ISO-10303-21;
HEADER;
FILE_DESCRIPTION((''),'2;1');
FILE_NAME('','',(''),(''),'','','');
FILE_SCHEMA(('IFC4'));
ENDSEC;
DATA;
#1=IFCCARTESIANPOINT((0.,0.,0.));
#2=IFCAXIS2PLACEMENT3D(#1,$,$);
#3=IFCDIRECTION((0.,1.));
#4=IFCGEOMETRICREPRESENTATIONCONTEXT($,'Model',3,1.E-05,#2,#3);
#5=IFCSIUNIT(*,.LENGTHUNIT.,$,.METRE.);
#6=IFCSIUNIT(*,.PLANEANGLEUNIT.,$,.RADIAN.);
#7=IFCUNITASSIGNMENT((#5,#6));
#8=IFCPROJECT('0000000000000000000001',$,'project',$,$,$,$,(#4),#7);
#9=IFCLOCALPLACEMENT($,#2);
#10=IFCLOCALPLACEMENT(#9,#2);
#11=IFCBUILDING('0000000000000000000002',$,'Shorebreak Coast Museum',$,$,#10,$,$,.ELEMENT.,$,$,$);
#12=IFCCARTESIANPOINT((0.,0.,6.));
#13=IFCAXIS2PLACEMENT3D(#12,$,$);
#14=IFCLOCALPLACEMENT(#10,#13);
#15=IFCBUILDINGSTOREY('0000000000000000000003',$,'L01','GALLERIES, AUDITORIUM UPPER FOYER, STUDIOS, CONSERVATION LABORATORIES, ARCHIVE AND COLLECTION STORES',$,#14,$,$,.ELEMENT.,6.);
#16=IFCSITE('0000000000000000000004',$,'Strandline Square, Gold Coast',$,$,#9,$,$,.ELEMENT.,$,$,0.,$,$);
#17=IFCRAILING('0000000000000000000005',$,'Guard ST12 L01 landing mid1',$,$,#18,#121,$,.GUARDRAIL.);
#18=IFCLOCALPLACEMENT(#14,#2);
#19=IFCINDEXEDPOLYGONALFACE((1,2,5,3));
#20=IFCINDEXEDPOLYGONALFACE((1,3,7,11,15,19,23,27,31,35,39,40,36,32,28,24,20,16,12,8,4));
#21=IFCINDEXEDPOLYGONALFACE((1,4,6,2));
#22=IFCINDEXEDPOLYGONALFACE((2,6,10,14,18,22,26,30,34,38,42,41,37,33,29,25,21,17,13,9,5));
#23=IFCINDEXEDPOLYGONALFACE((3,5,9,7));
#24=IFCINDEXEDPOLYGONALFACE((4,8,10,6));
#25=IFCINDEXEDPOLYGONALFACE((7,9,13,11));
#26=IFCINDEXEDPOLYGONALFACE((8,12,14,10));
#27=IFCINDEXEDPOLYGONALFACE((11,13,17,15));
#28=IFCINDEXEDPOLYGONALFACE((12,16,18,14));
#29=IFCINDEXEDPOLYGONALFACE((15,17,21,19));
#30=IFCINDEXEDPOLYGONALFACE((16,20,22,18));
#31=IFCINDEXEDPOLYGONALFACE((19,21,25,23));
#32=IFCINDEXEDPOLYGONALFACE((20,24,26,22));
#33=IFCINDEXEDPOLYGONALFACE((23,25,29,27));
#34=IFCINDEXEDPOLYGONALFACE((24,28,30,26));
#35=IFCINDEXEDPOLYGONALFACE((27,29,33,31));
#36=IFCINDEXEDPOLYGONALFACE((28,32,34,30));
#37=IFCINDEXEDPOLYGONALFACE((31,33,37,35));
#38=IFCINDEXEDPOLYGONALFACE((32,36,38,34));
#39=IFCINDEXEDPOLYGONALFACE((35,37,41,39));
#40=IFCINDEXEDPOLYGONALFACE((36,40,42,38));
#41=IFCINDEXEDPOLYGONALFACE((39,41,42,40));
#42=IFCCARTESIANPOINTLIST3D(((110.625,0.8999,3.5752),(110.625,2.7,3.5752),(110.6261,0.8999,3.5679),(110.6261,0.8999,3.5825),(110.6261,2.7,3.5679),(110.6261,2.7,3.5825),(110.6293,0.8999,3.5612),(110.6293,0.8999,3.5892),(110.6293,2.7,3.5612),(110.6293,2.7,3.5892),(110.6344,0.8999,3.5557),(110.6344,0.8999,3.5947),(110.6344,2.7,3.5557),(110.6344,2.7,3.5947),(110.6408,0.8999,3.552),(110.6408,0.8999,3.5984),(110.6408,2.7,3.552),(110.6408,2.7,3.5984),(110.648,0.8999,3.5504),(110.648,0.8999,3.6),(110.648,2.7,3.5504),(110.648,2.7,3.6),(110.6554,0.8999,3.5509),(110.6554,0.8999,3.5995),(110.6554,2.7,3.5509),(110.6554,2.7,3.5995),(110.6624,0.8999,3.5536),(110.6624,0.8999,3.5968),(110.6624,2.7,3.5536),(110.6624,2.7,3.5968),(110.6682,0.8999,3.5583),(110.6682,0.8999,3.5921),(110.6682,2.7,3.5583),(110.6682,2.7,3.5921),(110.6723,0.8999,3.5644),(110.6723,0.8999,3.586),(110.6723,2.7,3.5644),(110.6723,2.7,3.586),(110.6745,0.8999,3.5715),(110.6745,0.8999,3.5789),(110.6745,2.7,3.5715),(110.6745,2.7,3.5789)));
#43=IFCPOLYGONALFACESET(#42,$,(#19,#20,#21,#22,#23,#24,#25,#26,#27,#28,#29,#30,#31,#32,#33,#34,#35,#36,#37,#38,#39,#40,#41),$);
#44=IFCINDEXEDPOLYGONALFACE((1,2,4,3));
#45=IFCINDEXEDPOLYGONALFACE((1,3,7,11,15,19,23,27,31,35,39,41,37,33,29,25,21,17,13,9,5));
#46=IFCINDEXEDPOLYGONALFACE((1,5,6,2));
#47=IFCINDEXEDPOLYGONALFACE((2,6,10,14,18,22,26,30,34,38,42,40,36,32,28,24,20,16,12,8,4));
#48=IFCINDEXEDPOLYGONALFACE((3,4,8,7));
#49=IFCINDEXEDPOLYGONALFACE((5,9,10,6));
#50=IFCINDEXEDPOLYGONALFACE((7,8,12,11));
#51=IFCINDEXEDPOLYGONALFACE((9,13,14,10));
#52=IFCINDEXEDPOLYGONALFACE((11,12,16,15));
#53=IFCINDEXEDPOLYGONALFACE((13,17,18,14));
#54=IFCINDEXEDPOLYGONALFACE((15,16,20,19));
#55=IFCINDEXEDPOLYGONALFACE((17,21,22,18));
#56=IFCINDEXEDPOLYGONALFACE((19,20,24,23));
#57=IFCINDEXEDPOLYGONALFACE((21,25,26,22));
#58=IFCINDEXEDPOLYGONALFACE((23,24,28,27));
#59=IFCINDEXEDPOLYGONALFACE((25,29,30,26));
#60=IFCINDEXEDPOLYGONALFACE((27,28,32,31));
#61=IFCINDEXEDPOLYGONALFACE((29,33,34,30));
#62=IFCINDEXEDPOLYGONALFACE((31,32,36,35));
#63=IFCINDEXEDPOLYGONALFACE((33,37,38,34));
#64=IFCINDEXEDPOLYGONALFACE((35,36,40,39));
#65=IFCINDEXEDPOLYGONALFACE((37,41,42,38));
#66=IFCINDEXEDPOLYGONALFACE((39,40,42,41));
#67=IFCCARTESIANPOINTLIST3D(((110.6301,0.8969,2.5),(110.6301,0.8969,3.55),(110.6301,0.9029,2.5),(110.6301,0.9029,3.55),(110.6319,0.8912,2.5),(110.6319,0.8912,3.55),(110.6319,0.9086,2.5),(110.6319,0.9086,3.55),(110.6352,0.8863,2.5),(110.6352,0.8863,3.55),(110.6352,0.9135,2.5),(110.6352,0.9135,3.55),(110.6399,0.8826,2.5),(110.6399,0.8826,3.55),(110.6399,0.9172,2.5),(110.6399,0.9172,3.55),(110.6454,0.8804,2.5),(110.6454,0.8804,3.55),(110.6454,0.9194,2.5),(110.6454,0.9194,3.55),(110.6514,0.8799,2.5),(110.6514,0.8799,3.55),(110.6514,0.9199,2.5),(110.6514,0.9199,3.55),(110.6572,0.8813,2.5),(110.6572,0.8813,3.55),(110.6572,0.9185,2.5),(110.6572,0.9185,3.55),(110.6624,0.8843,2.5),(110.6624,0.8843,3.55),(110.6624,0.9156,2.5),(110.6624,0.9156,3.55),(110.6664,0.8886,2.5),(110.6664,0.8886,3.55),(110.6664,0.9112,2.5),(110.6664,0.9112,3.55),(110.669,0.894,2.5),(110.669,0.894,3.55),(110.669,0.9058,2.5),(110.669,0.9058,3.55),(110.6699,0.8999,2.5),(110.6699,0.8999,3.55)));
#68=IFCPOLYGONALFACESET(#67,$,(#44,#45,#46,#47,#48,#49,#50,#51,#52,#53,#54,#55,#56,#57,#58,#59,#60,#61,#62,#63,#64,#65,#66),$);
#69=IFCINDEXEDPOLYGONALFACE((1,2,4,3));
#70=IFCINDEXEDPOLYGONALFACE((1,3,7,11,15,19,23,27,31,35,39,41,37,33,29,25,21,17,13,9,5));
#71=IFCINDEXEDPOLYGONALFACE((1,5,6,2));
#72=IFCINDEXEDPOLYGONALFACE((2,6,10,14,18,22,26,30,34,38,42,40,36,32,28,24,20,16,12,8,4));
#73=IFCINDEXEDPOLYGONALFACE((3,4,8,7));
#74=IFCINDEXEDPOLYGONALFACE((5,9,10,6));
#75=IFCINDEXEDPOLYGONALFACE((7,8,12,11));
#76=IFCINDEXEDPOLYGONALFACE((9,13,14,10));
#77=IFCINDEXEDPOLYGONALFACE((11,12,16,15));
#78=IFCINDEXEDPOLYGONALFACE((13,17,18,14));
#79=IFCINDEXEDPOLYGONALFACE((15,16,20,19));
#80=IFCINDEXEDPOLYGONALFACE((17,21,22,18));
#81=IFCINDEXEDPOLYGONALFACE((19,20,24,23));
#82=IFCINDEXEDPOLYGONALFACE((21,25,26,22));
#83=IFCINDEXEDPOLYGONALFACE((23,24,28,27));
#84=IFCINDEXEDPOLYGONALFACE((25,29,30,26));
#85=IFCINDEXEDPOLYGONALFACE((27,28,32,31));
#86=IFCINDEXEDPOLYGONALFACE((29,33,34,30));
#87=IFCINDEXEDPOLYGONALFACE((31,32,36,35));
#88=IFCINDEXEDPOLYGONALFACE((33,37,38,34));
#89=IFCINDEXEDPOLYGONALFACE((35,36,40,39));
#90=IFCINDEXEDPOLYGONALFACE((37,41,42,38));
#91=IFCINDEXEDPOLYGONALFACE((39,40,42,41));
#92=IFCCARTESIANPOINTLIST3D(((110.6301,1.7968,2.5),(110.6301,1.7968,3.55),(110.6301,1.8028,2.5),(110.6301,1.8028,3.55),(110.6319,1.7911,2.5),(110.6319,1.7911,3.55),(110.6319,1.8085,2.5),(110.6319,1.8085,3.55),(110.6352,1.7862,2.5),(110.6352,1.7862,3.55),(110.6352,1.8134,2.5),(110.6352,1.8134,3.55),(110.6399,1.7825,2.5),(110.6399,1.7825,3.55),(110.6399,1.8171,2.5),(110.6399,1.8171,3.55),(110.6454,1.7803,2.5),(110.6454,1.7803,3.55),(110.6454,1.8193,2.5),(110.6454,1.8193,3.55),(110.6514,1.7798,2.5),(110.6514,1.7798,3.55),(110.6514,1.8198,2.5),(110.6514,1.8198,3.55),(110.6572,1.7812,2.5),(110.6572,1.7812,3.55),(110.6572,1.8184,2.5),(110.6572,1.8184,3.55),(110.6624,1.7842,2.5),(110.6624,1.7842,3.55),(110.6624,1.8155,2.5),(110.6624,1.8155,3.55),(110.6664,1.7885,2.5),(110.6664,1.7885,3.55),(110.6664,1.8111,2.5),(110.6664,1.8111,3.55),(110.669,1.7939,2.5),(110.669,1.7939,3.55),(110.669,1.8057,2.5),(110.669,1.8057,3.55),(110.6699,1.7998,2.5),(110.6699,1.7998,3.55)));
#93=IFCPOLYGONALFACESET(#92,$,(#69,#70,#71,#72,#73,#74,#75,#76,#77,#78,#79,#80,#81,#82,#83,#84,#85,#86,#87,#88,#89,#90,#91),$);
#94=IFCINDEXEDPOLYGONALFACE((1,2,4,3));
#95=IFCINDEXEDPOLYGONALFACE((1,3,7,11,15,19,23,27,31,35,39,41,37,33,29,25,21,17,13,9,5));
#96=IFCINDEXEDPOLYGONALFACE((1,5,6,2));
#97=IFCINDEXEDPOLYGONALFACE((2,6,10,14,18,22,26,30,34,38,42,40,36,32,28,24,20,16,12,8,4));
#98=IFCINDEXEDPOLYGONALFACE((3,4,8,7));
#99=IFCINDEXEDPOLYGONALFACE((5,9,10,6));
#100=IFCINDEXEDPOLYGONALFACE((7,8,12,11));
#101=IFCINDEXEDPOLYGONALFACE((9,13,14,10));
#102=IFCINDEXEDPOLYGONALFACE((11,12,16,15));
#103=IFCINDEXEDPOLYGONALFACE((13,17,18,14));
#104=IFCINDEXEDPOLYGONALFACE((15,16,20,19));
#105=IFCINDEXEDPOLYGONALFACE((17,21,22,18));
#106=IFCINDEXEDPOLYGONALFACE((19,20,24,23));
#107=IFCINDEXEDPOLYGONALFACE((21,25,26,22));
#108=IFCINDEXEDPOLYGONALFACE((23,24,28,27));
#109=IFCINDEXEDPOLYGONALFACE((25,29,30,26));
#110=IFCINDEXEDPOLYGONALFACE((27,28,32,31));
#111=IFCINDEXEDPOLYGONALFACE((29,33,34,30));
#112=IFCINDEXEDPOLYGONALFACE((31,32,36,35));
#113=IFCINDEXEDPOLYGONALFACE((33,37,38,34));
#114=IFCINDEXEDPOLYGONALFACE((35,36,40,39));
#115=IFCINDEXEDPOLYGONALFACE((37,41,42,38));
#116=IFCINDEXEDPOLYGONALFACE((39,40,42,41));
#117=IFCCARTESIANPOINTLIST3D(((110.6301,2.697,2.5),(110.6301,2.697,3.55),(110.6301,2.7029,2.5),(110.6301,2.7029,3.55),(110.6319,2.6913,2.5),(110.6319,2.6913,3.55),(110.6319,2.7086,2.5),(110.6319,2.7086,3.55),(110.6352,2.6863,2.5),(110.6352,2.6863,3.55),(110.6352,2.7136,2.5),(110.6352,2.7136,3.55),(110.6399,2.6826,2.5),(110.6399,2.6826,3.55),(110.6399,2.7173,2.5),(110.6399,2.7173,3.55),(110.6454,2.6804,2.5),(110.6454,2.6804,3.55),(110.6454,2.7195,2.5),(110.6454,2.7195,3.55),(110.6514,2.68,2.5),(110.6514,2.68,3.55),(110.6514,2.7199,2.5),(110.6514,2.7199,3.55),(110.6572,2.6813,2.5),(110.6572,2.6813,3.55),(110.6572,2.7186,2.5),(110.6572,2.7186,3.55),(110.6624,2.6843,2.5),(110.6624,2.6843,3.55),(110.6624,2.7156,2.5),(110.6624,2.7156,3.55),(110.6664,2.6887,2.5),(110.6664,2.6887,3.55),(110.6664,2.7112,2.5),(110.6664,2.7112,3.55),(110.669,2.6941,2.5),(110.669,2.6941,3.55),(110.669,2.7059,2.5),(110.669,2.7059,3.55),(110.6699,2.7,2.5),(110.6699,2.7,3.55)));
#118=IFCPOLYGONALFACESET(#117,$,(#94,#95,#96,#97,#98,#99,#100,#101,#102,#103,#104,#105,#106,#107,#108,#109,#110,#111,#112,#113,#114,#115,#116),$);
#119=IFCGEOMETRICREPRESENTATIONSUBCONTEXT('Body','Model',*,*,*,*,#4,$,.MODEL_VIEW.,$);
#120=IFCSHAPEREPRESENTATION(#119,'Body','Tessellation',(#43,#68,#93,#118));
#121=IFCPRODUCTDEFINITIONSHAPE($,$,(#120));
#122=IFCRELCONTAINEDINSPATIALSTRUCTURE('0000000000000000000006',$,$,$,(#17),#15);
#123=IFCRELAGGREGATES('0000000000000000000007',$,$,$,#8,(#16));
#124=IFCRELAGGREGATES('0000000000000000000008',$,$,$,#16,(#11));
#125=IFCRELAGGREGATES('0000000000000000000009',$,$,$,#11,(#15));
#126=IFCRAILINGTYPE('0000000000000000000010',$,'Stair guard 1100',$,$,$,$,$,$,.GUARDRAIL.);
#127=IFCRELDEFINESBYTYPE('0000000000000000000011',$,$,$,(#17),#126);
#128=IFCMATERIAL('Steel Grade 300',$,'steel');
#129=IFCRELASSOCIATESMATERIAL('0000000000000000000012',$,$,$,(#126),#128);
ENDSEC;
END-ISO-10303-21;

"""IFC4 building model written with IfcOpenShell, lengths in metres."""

from ifc_helpers import new_model, si_unit, direction, frame, origin, origin_2d, place, context, subcontext, project, spatial, circle, extrude, material, type_object, element, save


model = new_model("IFC4")

# Units and contexts
model_context = context("Model", 3, precision=1e-05, world=origin(), true_north=direction((0.0, 1.0)))
body_context = subcontext(model_context, "Body", "Model", "MODEL_VIEW")
ifc_project = project(units=[si_unit("LENGTHUNIT", "METRE"), si_unit("PLANEANGLEUNIT", "RADIAN")], contexts=[model_context])

# Site, building, storey
site_placement = place(None, origin())
site = spatial("IfcSite", under=ifc_project, at=site_placement, Name="Strandline Square, Gold Coast", CompositionType="ELEMENT", RefElevation=0.0)
building_placement = place(site_placement, origin())
building = spatial("IfcBuilding", under=site, at=building_placement, Name="Shorebreak Coast Museum", CompositionType="ELEMENT")
storey_placement = place(building_placement, frame((0.0, 0.0, 6.0)))
storey = spatial("IfcBuildingStorey", under=building, at=storey_placement, Name="L01", Description="GALLERIES, AUDITORIUM UPPER FOYER, STUDIOS, CONSERVATION LABORATORIES, ARCHIVE AND COLLECTION STORES", CompositionType="ELEMENT", Elevation=6.0)

# Railing
ifc_material_1 = material(Name="Steel Grade 300", Category="steel")
railing_type_1 = type_object("IfcRailingType", Name="Stair guard 1100", PredefinedType="GUARDRAIL", material=ifc_material_1)
railing_1_placement = place(storey_placement, frame((110.6499, 0.8999, 2.5)))
element("IfcRailing", 1, at=railing_1_placement, inside=storey, type_object=railing_type_1, Name="Guard ST12 L01 landing mid1", PredefinedType="GUARDRAIL", context=body_context, shape_type="SweptSolid", body=[
    extrude(circle(Radius=0.0249, at=origin_2d()), frame((0.0, 0.0, 1.0752), z_axis=(0.0, 1.0, 0.0), x_axis=(-1.0, 0.0, 0.0)), (0.0, 0.0, 1.0), 1.8),
    extrude(circle(Radius=0.02, at=origin_2d()), origin(), (0.0, 0.0, 1.0), 1.05),
    extrude(circle(Radius=0.02, at=origin_2d()), frame((0.0, 0.8999, 0.0)), (0.0, 0.0, 1.0), 1.05),
    extrude(circle(Radius=0.02, at=origin_2d()), frame((0.0, 1.8, 0.0)), (0.0, 0.0, 1.0), 1.05),
])

save(model, "model.ifc")
